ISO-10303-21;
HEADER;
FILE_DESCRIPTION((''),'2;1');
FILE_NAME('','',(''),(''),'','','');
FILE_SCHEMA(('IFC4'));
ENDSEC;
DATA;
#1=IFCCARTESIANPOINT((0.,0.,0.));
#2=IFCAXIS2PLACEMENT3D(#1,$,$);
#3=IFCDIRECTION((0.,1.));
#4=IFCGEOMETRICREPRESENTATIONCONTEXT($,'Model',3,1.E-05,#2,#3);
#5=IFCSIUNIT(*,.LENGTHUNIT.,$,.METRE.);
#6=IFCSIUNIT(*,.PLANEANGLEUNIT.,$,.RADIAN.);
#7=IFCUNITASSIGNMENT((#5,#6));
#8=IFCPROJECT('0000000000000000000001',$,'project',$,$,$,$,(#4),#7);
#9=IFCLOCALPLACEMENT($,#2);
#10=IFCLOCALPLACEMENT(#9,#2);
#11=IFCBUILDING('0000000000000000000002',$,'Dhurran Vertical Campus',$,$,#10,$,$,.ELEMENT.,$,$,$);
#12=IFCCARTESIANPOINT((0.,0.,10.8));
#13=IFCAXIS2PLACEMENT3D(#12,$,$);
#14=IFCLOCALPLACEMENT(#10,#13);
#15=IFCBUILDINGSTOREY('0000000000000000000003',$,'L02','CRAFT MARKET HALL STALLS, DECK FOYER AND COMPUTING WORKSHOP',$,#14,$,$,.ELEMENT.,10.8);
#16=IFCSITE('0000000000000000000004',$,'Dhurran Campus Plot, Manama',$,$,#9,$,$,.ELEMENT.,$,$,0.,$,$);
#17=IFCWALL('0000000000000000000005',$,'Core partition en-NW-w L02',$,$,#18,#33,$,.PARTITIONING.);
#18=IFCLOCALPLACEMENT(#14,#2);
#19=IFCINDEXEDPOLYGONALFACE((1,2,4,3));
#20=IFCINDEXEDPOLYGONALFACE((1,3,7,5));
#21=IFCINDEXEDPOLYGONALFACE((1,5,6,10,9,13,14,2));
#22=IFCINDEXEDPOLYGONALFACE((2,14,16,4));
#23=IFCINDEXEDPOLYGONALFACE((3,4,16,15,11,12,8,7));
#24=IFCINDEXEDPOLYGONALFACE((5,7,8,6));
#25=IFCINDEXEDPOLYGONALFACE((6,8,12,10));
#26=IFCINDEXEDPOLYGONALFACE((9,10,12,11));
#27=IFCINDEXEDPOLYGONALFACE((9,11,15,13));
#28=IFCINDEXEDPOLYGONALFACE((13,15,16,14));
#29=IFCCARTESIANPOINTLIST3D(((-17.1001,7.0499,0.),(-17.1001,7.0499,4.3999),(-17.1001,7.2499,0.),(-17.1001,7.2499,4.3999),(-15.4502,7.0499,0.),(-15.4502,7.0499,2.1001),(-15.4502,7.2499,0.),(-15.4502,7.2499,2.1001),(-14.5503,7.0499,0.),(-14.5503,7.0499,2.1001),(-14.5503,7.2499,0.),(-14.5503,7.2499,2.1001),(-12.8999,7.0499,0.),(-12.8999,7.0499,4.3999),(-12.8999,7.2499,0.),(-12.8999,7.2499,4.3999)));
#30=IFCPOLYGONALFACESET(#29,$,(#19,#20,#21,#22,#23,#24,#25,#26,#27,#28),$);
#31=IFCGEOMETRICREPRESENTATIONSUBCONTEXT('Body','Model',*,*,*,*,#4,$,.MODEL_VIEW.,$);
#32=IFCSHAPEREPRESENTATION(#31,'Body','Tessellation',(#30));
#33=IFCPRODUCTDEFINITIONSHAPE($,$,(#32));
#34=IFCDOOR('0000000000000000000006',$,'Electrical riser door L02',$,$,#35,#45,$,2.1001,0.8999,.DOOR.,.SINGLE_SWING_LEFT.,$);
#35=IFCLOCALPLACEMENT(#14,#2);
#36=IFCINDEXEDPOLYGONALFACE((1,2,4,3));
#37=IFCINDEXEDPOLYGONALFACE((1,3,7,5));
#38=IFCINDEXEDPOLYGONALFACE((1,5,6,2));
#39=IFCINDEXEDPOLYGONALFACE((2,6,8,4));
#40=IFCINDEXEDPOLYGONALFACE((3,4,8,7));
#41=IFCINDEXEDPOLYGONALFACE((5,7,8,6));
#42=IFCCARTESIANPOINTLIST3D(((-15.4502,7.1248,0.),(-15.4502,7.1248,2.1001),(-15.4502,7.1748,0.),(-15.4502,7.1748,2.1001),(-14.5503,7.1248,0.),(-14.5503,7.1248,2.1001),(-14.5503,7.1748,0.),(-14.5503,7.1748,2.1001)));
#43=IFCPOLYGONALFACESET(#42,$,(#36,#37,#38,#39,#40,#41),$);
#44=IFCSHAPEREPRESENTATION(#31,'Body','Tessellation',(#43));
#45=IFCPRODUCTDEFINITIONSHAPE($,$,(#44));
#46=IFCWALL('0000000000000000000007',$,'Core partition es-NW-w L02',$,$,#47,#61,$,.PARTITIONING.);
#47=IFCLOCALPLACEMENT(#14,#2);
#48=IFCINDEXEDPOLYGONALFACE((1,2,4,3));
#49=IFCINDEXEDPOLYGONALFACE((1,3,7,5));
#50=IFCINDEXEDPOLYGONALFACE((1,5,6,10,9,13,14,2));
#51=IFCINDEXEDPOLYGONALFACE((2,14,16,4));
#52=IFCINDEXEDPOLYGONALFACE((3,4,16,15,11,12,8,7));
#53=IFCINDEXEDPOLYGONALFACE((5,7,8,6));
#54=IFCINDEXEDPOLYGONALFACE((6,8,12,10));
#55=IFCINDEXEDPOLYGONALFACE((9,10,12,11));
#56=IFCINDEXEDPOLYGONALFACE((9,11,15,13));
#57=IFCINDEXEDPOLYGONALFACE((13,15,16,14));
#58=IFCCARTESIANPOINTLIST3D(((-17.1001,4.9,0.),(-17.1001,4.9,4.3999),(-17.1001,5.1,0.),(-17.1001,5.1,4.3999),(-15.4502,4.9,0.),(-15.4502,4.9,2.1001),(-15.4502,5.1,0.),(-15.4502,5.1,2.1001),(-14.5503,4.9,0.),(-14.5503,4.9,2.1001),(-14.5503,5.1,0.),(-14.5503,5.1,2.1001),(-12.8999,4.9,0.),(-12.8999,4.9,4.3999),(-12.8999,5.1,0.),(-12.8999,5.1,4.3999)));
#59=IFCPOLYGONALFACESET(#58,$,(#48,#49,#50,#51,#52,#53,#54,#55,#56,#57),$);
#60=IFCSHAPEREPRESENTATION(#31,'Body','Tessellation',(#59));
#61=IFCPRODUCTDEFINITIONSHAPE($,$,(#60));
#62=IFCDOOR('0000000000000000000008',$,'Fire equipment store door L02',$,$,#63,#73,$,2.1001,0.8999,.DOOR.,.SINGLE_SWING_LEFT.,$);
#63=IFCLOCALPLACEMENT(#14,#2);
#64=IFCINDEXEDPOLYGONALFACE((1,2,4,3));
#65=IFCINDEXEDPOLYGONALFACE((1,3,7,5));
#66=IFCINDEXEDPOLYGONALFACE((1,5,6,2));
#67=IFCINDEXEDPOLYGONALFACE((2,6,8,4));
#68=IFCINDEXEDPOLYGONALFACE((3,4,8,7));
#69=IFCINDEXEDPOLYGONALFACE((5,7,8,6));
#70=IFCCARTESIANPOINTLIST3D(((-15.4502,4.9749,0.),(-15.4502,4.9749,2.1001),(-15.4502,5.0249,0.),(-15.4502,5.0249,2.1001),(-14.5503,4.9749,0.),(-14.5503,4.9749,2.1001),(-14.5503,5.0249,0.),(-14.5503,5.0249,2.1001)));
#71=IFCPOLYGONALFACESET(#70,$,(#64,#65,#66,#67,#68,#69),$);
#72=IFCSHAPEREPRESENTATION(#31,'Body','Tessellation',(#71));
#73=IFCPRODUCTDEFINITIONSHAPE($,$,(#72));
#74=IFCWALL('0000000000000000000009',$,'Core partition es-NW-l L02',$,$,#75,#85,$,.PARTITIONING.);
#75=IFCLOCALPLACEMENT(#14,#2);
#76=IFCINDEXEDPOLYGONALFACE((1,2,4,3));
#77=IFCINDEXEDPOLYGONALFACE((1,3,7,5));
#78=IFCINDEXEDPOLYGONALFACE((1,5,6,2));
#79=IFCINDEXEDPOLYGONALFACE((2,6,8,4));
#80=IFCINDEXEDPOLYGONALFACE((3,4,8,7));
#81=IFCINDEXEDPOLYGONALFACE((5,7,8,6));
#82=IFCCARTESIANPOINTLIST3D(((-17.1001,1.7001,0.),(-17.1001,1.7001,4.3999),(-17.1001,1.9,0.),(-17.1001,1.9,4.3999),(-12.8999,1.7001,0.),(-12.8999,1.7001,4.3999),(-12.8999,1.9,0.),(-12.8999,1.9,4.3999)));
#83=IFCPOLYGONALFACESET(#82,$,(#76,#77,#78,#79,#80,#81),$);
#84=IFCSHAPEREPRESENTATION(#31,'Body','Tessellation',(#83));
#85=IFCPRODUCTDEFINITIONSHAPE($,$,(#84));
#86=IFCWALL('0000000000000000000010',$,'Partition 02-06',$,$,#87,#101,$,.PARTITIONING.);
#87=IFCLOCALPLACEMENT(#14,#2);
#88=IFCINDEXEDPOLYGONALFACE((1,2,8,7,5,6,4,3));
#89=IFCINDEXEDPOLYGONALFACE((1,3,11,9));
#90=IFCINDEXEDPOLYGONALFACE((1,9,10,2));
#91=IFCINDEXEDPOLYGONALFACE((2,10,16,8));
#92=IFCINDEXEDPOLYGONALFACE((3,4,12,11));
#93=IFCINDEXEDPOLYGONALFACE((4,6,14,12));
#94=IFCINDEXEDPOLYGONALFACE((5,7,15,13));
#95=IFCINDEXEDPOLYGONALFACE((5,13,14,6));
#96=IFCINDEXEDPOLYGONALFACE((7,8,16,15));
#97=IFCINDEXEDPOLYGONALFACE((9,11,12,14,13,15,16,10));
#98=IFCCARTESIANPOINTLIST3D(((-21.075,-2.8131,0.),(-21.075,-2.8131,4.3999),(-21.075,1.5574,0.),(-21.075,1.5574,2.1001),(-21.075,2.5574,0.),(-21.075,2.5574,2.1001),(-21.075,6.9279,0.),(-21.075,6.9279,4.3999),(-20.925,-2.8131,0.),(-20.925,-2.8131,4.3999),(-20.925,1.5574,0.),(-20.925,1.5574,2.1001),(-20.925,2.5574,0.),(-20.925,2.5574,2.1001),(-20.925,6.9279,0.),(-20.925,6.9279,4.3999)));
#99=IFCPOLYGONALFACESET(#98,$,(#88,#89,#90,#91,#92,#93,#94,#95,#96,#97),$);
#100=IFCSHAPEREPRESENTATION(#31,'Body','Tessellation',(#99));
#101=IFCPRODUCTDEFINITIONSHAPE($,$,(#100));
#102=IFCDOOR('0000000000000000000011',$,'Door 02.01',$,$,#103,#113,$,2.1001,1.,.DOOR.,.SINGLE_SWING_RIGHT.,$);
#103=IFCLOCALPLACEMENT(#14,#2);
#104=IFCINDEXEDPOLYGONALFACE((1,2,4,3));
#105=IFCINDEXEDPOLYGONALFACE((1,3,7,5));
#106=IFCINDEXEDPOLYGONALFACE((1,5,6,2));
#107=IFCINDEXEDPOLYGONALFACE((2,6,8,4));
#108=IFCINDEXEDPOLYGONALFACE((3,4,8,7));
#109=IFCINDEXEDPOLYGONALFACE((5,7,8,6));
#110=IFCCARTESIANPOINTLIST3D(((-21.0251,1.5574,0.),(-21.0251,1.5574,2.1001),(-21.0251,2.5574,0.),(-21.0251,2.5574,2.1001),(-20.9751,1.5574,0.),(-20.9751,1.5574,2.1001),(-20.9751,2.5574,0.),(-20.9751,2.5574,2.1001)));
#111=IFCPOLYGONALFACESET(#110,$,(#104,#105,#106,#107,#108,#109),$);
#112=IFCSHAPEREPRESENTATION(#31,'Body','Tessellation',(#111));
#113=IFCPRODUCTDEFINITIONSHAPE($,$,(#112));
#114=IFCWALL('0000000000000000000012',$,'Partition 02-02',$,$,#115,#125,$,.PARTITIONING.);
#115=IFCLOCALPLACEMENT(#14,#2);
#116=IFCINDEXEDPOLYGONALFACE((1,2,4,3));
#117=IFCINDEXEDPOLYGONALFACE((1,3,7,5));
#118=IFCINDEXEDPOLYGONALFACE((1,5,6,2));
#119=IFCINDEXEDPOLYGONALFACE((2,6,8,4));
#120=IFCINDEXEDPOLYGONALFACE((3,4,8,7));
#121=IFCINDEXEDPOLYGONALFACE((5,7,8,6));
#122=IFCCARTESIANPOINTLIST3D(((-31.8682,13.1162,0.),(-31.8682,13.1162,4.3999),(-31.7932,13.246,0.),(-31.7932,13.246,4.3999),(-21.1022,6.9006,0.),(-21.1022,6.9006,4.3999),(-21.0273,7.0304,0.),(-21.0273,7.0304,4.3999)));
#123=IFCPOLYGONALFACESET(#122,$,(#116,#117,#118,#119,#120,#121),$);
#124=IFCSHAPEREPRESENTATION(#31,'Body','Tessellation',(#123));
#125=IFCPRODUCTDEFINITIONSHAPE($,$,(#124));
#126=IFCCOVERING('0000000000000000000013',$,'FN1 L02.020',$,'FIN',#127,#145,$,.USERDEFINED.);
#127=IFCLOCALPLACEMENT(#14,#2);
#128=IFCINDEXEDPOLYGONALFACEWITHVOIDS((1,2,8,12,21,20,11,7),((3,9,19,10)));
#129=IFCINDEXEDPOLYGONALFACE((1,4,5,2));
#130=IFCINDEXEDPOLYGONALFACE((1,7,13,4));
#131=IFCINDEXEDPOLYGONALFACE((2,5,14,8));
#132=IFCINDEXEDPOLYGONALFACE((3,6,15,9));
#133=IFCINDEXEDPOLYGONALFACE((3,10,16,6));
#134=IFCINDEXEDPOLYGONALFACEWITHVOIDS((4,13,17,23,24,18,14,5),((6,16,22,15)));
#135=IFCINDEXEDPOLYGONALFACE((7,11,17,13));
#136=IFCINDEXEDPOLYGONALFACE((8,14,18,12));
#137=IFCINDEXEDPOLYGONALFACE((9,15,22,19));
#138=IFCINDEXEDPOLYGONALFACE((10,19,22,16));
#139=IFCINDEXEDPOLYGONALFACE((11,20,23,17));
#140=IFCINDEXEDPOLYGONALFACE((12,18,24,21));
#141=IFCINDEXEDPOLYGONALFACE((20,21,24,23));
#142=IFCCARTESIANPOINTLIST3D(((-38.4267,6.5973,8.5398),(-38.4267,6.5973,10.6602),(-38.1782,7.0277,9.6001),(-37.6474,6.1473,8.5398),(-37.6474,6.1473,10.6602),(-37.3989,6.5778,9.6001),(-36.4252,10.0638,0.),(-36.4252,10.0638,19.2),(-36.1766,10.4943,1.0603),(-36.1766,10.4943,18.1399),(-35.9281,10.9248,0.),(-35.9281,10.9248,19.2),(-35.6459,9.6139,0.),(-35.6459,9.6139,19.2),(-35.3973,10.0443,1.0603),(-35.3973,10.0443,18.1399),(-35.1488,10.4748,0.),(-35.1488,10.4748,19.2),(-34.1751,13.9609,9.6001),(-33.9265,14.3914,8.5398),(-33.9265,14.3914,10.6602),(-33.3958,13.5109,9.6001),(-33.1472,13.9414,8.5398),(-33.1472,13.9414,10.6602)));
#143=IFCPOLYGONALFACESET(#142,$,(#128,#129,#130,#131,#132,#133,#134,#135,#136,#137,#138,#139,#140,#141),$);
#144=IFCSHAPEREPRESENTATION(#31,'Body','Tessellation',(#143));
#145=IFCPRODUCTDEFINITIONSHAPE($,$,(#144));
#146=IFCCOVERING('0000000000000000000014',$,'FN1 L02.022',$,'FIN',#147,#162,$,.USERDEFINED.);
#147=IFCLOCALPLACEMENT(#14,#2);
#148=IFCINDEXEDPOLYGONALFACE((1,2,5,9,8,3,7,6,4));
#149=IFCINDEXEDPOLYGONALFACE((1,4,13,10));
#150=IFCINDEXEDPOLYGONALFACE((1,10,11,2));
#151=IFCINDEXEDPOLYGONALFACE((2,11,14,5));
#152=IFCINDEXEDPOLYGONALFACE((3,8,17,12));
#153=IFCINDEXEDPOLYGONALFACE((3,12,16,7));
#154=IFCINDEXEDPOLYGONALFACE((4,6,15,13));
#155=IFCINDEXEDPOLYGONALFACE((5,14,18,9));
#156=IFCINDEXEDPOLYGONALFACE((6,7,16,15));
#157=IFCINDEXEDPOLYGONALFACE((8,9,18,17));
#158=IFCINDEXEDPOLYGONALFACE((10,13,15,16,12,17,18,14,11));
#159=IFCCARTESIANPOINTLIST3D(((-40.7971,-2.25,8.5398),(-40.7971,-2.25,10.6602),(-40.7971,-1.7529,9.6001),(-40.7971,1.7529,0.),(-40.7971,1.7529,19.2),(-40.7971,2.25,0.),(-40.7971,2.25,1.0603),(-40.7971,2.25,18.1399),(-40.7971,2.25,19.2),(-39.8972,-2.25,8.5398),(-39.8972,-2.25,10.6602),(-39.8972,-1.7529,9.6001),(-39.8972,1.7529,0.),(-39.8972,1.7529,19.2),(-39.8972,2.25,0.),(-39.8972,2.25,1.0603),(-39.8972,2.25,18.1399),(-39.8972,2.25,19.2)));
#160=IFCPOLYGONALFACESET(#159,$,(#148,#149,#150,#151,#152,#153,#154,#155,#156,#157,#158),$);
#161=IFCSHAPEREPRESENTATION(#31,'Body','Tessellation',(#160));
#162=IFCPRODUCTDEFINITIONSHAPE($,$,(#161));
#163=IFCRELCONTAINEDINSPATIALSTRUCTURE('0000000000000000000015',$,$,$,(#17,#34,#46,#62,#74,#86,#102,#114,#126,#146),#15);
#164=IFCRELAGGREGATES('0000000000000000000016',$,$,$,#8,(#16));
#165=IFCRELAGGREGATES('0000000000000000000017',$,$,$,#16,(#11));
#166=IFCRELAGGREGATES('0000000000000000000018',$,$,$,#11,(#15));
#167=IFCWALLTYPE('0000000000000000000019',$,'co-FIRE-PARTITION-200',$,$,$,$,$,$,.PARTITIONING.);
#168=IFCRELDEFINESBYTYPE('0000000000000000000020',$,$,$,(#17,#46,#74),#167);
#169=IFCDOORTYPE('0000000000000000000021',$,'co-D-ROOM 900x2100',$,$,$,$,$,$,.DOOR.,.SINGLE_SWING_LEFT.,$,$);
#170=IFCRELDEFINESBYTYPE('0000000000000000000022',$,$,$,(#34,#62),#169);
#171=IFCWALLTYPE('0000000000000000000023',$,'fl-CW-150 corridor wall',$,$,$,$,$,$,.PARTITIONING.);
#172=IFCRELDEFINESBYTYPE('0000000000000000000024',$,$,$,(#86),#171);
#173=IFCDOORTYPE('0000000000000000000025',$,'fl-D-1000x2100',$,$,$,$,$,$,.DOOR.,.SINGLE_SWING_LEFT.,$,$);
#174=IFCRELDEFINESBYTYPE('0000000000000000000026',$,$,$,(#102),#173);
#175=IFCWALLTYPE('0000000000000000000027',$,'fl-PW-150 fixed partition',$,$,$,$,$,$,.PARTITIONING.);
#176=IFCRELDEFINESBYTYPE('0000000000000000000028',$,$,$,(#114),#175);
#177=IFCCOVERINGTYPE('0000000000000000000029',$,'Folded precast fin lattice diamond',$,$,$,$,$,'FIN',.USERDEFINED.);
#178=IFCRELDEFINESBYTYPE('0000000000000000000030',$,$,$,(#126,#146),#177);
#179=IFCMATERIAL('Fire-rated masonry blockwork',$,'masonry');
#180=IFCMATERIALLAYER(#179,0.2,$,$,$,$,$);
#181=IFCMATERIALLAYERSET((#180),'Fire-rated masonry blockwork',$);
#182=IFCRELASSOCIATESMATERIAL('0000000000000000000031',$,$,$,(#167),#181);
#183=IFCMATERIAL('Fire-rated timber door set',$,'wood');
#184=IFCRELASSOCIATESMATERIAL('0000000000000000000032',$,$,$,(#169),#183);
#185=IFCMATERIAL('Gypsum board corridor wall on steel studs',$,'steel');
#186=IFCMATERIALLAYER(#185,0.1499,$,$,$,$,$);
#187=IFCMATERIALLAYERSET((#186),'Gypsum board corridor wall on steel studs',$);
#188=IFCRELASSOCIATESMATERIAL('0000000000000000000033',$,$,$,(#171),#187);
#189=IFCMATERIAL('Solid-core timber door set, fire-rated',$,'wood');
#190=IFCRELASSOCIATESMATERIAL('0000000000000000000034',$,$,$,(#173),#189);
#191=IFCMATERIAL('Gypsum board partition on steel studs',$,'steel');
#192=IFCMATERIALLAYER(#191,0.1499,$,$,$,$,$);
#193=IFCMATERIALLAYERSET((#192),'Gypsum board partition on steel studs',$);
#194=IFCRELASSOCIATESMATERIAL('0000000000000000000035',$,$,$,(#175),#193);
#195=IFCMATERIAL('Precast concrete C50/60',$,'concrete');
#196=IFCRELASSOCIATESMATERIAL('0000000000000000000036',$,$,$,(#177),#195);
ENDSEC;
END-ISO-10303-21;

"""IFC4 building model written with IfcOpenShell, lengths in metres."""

from ifc_helpers import new_model, si_unit, direction, frame, frame_2d, origin, place, context, subcontext, project, spatial, polyline, rectangle, outline, extrude, material, layer, layer_set, type_object, element, fill, save


model = new_model("IFC4")

# Units and contexts
model_context = context("Model", 3, precision=1e-05, world=origin(), true_north=direction((0.0, 1.0)))
body_context = subcontext(model_context, "Body", "Model", "MODEL_VIEW")
ifc_project = project(units=[si_unit("LENGTHUNIT", "METRE"), si_unit("PLANEANGLEUNIT", "RADIAN")], contexts=[model_context])

# Site, building, storey
site_placement = place(None, origin())
site = spatial("IfcSite", under=ifc_project, at=site_placement, Name="Dhurran Campus Plot, Manama", CompositionType="ELEMENT", RefElevation=0.0)
building_placement = place(site_placement, origin())
building = spatial("IfcBuilding", under=site, at=building_placement, Name="Dhurran Vertical Campus", CompositionType="ELEMENT")
storey_placement = place(building_placement, frame((0.0, 0.0, 10.8)))
storey = spatial("IfcBuildingStorey", under=building, at=storey_placement, Name="L02", Description="CRAFT MARKET HALL STALLS, DECK FOYER AND COMPUTING WORKSHOP", CompositionType="ELEMENT", Elevation=10.8)

# Walls, openings, doors
ifc_material_1 = material(Name="Fire-rated masonry blockwork", Category="masonry")
ifc_layer_1 = layer(ifc_material_1, 0.2)
ifc_layer_set_1 = layer_set([ifc_layer_1], Name="Fire-rated masonry blockwork")
wall_type_1 = type_object("IfcWallType", Name="co-FIRE-PARTITION-200", PredefinedType="PARTITIONING", material=ifc_layer_set_1)
wall_1_placement = place(storey_placement, frame((-17.1001, 7.1499, 0.0), z_axis=(0.0, 0.0, 1.0), x_axis=(1.0, 0.0, 0.0)))
wall_1 = element("IfcWall", 1, at=wall_1_placement, inside=storey, type_object=wall_type_1, Name="Core partition en-NW-w L02", PredefinedType="PARTITIONING", context=body_context, shape_type="SweptSolid", body=[
    extrude(rectangle(XDim=4.2002, YDim=0.2, at=frame_2d((2.1001, 0.0))), origin(), (0.0, 0.0, 1.0), 4.3999),
])
opening_1_placement = place(wall_1_placement, frame((1.6499, 0.0, 0.0)))
opening_1 = element("IfcOpeningElement", 2, at=opening_1_placement, cuts=wall_1, PredefinedType="OPENING", context=body_context, shape_type="SweptSolid", body=[
    extrude(rectangle(XDim=0.8999, YDim=2.1001, at=frame_2d((0.45, 1.05))), frame((0.0, 0.1099, 0.0), z_axis=(0.0, -1.0, 0.0), x_axis=(1.0, 0.0, 0.0)), (0.0, 0.0, 1.0), 0.22),
])
ifc_material_2 = material(Name="Fire-rated timber door set", Category="wood")
door_type_1 = type_object("IfcDoorType", Name="co-D-ROOM 900x2100", OperationType="SINGLE_SWING_LEFT", PredefinedType="DOOR", material=ifc_material_2)
door_1_placement = place(opening_1_placement, origin())
door_1 = element("IfcDoor", 3, at=door_1_placement, inside=storey, type_object=door_type_1, Name="Electrical riser door L02", OperationType="SINGLE_SWING_LEFT", OverallHeight=2.1001, OverallWidth=0.8999, PredefinedType="DOOR", context=body_context, shape_type="SweptSolid", body=[
    extrude(rectangle(XDim=0.8999, YDim=2.1001, at=frame_2d((0.45, 1.05))), frame((0.0, 0.0249, 0.0), z_axis=(0.0, -1.0, 0.0), x_axis=(1.0, 0.0, 0.0)), (0.0, 0.0, 1.0), 0.05),
])
fill(opening_1, door_1)
wall_2_placement = place(storey_placement, frame((-17.1001, 5.0, 0.0), z_axis=(0.0, 0.0, 1.0), x_axis=(1.0, 0.0, 0.0)))
wall_2 = element("IfcWall", 4, at=wall_2_placement, inside=storey, type_object=wall_type_1, Name="Core partition es-NW-w L02", PredefinedType="PARTITIONING", context=body_context, shape_type="SweptSolid", body=[
    extrude(rectangle(XDim=4.2002, YDim=0.2, at=frame_2d((2.1001, 0.0))), origin(), (0.0, 0.0, 1.0), 4.3999),
])
opening_2_placement = place(wall_2_placement, frame((1.6499, 0.0, 0.0)))
opening_2 = element("IfcOpeningElement", 5, at=opening_2_placement, cuts=wall_2, PredefinedType="OPENING", context=body_context, shape_type="SweptSolid", body=[
    extrude(rectangle(XDim=0.8999, YDim=2.1001, at=frame_2d((0.45, 1.05))), frame((0.0, 0.1099, 0.0), z_axis=(0.0, -1.0, 0.0), x_axis=(1.0, 0.0, 0.0)), (0.0, 0.0, 1.0), 0.22),
])
door_2_placement = place(opening_2_placement, origin())
door_2 = element("IfcDoor", 6, at=door_2_placement, inside=storey, type_object=door_type_1, Name="Fire equipment store door L02", OperationType="SINGLE_SWING_LEFT", OverallHeight=2.1001, OverallWidth=0.8999, PredefinedType="DOOR", context=body_context, shape_type="SweptSolid", body=[
    extrude(rectangle(XDim=0.8999, YDim=2.1001, at=frame_2d((0.45, 1.05))), frame((0.0, 0.0249, 0.0), z_axis=(0.0, -1.0, 0.0), x_axis=(1.0, 0.0, 0.0)), (0.0, 0.0, 1.0), 0.05),
])
fill(opening_2, door_2)

# Wall
wall_3_placement = place(storey_placement, frame((-17.1001, 1.8, 0.0), z_axis=(0.0, 0.0, 1.0), x_axis=(1.0, 0.0, 0.0)))
element("IfcWall", 7, at=wall_3_placement, inside=storey, type_object=wall_type_1, Name="Core partition es-NW-l L02", PredefinedType="PARTITIONING", context=body_context, shape_type="SweptSolid", body=[
    extrude(rectangle(XDim=4.2002, YDim=0.2, at=frame_2d((2.1001, 0.0))), origin(), (0.0, 0.0, 1.0), 4.3999),
])

# Wall, opening, door
ifc_material_3 = material(Name="Gypsum board corridor wall on steel studs", Category="steel")
ifc_layer_2 = layer(ifc_material_3, 0.1499)
ifc_layer_set_2 = layer_set([ifc_layer_2], Name="Gypsum board corridor wall on steel studs")
wall_type_2 = type_object("IfcWallType", Name="fl-CW-150 corridor wall", PredefinedType="PARTITIONING", material=ifc_layer_set_2)
wall_4_placement = place(storey_placement, frame((-21.0, 6.928, 0.0), z_axis=(0.0, 0.0, 1.0), x_axis=(0.0, -1.0, 0.0)))
wall_4 = element("IfcWall", 8, at=wall_4_placement, inside=storey, type_object=wall_type_2, Name="Partition 02-06", PredefinedType="PARTITIONING", context=body_context, shape_type="SweptSolid", body=[
    extrude(rectangle(XDim=9.741, YDim=0.1499, at=frame_2d((4.8706, 0.0))), origin(), (0.0, 0.0, 1.0), 4.3999),
])
opening_3_placement = place(wall_4_placement, frame((4.3706, 0.0, 0.0)))
opening_3 = element("IfcOpeningElement", 9, at=opening_3_placement, cuts=wall_4, PredefinedType="OPENING", context=body_context, shape_type="SweptSolid", body=[
    extrude(rectangle(XDim=1.0, YDim=2.1001, at=frame_2d((0.5, 1.05))), frame((0.0, 0.085, 0.0), z_axis=(0.0, -1.0, 0.0), x_axis=(1.0, 0.0, 0.0)), (0.0, 0.0, 1.0), 0.1699),
])
ifc_material_4 = material(Name="Solid-core timber door set, fire-rated", Category="wood")
door_type_2 = type_object("IfcDoorType", Name="fl-D-1000x2100", OperationType="SINGLE_SWING_LEFT", PredefinedType="DOOR", material=ifc_material_4)
door_3_placement = place(opening_3_placement, origin())
door_3 = element("IfcDoor", 10, at=door_3_placement, inside=storey, type_object=door_type_2, Name="Door 02.01", OperationType="SINGLE_SWING_RIGHT", OverallHeight=2.1001, OverallWidth=1.0, PredefinedType="DOOR", context=body_context, shape_type="SweptSolid", body=[
    extrude(rectangle(XDim=1.0, YDim=2.1001, at=frame_2d((0.5, 1.05))), frame((0.0, 0.0249, 0.0), z_axis=(0.0, -1.0, 0.0), x_axis=(1.0, 0.0, 0.0)), (0.0, 0.0, 1.0), 0.05),
])
fill(opening_3, door_3)

# Wall
ifc_material_5 = material(Name="Gypsum board partition on steel studs", Category="steel")
ifc_layer_3 = layer(ifc_material_5, 0.1499)
ifc_layer_set_3 = layer_set([ifc_layer_3], Name="Gypsum board partition on steel studs")
wall_type_3 = type_object("IfcWallType", Name="fl-PW-150 fixed partition", PredefinedType="PARTITIONING", material=ifc_layer_set_3)
wall_5_placement = place(storey_placement, frame((-31.8308, 13.1812, 0.0), z_axis=(0.0, 0.0, 1.0), x_axis=(0.866029, -0.499994, 0.0)))
element("IfcWall", 11, at=wall_5_placement, inside=storey, type_object=wall_type_3, Name="Partition 02-02", PredefinedType="PARTITIONING", context=body_context, shape_type="SweptSolid", body=[
    extrude(rectangle(XDim=12.4314, YDim=0.1499, at=frame_2d((6.2158, 0.0))), origin(), (0.0, 0.0, 1.0), 4.3999),
])

# Coverings
ifc_material_6 = material(Name="Precast concrete C50/60", Category="concrete")
covering_type = type_object("IfcCoveringType", Name="Folded precast fin lattice diamond", ElementType="FIN", PredefinedType="USERDEFINED", material=ifc_material_6)
covering_1_placement = place(storey_placement, frame((-33.1472, 13.9414, 0.0), z_axis=(-0.866014, 0.50002, 0.0), x_axis=(-0.50002, -0.866014, 0.0)))
element("IfcCovering", 12, at=covering_1_placement, inside=storey, type_object=covering_type, Name="FN1 L02.020", ObjectType="FIN", PredefinedType="USERDEFINED", context=body_context, shape_type="SweptSolid", body=[
    extrude(outline(polyline([(9.0, 10.6602), (9.0, 8.5398), (4.9971, 0.0), (4.0029, 0.0), (0.0, 8.5398), (0.0, 10.6602), (4.0029, 19.2), (4.9971, 19.2), (9.0, 10.6602)]), holes=[polyline([(8.5029, 9.6001), (4.5, 18.1399), (0.4971, 9.6001), (4.5, 1.0603), (8.5029, 9.6001)])]), origin(), (0.0, 0.0, 1.0), 0.8999),
])
covering_2_placement = place(storey_placement, frame((-39.8972, 2.25, 0.0), z_axis=(-1.0, 0.0, 0.0), x_axis=(0.0, -1.0, 0.0)))
element("IfcCovering", 13, at=covering_2_placement, inside=storey, type_object=covering_type, Name="FN1 L02.022", ObjectType="FIN", PredefinedType="USERDEFINED", context=body_context, shape_type="SweptSolid", body=[
    extrude(outline(polyline([(4.5, 8.5398), (0.4971, 0.0), (0.0, 0.0), (0.0, 1.0603), (4.0029, 9.6001), (0.0, 18.1399), (0.0, 19.2), (0.4971, 19.2), (4.5, 10.6602), (4.5, 8.5398)])), origin(), (0.0, 0.0, 1.0), 0.8999),
])

save(model, "model.ifc")
